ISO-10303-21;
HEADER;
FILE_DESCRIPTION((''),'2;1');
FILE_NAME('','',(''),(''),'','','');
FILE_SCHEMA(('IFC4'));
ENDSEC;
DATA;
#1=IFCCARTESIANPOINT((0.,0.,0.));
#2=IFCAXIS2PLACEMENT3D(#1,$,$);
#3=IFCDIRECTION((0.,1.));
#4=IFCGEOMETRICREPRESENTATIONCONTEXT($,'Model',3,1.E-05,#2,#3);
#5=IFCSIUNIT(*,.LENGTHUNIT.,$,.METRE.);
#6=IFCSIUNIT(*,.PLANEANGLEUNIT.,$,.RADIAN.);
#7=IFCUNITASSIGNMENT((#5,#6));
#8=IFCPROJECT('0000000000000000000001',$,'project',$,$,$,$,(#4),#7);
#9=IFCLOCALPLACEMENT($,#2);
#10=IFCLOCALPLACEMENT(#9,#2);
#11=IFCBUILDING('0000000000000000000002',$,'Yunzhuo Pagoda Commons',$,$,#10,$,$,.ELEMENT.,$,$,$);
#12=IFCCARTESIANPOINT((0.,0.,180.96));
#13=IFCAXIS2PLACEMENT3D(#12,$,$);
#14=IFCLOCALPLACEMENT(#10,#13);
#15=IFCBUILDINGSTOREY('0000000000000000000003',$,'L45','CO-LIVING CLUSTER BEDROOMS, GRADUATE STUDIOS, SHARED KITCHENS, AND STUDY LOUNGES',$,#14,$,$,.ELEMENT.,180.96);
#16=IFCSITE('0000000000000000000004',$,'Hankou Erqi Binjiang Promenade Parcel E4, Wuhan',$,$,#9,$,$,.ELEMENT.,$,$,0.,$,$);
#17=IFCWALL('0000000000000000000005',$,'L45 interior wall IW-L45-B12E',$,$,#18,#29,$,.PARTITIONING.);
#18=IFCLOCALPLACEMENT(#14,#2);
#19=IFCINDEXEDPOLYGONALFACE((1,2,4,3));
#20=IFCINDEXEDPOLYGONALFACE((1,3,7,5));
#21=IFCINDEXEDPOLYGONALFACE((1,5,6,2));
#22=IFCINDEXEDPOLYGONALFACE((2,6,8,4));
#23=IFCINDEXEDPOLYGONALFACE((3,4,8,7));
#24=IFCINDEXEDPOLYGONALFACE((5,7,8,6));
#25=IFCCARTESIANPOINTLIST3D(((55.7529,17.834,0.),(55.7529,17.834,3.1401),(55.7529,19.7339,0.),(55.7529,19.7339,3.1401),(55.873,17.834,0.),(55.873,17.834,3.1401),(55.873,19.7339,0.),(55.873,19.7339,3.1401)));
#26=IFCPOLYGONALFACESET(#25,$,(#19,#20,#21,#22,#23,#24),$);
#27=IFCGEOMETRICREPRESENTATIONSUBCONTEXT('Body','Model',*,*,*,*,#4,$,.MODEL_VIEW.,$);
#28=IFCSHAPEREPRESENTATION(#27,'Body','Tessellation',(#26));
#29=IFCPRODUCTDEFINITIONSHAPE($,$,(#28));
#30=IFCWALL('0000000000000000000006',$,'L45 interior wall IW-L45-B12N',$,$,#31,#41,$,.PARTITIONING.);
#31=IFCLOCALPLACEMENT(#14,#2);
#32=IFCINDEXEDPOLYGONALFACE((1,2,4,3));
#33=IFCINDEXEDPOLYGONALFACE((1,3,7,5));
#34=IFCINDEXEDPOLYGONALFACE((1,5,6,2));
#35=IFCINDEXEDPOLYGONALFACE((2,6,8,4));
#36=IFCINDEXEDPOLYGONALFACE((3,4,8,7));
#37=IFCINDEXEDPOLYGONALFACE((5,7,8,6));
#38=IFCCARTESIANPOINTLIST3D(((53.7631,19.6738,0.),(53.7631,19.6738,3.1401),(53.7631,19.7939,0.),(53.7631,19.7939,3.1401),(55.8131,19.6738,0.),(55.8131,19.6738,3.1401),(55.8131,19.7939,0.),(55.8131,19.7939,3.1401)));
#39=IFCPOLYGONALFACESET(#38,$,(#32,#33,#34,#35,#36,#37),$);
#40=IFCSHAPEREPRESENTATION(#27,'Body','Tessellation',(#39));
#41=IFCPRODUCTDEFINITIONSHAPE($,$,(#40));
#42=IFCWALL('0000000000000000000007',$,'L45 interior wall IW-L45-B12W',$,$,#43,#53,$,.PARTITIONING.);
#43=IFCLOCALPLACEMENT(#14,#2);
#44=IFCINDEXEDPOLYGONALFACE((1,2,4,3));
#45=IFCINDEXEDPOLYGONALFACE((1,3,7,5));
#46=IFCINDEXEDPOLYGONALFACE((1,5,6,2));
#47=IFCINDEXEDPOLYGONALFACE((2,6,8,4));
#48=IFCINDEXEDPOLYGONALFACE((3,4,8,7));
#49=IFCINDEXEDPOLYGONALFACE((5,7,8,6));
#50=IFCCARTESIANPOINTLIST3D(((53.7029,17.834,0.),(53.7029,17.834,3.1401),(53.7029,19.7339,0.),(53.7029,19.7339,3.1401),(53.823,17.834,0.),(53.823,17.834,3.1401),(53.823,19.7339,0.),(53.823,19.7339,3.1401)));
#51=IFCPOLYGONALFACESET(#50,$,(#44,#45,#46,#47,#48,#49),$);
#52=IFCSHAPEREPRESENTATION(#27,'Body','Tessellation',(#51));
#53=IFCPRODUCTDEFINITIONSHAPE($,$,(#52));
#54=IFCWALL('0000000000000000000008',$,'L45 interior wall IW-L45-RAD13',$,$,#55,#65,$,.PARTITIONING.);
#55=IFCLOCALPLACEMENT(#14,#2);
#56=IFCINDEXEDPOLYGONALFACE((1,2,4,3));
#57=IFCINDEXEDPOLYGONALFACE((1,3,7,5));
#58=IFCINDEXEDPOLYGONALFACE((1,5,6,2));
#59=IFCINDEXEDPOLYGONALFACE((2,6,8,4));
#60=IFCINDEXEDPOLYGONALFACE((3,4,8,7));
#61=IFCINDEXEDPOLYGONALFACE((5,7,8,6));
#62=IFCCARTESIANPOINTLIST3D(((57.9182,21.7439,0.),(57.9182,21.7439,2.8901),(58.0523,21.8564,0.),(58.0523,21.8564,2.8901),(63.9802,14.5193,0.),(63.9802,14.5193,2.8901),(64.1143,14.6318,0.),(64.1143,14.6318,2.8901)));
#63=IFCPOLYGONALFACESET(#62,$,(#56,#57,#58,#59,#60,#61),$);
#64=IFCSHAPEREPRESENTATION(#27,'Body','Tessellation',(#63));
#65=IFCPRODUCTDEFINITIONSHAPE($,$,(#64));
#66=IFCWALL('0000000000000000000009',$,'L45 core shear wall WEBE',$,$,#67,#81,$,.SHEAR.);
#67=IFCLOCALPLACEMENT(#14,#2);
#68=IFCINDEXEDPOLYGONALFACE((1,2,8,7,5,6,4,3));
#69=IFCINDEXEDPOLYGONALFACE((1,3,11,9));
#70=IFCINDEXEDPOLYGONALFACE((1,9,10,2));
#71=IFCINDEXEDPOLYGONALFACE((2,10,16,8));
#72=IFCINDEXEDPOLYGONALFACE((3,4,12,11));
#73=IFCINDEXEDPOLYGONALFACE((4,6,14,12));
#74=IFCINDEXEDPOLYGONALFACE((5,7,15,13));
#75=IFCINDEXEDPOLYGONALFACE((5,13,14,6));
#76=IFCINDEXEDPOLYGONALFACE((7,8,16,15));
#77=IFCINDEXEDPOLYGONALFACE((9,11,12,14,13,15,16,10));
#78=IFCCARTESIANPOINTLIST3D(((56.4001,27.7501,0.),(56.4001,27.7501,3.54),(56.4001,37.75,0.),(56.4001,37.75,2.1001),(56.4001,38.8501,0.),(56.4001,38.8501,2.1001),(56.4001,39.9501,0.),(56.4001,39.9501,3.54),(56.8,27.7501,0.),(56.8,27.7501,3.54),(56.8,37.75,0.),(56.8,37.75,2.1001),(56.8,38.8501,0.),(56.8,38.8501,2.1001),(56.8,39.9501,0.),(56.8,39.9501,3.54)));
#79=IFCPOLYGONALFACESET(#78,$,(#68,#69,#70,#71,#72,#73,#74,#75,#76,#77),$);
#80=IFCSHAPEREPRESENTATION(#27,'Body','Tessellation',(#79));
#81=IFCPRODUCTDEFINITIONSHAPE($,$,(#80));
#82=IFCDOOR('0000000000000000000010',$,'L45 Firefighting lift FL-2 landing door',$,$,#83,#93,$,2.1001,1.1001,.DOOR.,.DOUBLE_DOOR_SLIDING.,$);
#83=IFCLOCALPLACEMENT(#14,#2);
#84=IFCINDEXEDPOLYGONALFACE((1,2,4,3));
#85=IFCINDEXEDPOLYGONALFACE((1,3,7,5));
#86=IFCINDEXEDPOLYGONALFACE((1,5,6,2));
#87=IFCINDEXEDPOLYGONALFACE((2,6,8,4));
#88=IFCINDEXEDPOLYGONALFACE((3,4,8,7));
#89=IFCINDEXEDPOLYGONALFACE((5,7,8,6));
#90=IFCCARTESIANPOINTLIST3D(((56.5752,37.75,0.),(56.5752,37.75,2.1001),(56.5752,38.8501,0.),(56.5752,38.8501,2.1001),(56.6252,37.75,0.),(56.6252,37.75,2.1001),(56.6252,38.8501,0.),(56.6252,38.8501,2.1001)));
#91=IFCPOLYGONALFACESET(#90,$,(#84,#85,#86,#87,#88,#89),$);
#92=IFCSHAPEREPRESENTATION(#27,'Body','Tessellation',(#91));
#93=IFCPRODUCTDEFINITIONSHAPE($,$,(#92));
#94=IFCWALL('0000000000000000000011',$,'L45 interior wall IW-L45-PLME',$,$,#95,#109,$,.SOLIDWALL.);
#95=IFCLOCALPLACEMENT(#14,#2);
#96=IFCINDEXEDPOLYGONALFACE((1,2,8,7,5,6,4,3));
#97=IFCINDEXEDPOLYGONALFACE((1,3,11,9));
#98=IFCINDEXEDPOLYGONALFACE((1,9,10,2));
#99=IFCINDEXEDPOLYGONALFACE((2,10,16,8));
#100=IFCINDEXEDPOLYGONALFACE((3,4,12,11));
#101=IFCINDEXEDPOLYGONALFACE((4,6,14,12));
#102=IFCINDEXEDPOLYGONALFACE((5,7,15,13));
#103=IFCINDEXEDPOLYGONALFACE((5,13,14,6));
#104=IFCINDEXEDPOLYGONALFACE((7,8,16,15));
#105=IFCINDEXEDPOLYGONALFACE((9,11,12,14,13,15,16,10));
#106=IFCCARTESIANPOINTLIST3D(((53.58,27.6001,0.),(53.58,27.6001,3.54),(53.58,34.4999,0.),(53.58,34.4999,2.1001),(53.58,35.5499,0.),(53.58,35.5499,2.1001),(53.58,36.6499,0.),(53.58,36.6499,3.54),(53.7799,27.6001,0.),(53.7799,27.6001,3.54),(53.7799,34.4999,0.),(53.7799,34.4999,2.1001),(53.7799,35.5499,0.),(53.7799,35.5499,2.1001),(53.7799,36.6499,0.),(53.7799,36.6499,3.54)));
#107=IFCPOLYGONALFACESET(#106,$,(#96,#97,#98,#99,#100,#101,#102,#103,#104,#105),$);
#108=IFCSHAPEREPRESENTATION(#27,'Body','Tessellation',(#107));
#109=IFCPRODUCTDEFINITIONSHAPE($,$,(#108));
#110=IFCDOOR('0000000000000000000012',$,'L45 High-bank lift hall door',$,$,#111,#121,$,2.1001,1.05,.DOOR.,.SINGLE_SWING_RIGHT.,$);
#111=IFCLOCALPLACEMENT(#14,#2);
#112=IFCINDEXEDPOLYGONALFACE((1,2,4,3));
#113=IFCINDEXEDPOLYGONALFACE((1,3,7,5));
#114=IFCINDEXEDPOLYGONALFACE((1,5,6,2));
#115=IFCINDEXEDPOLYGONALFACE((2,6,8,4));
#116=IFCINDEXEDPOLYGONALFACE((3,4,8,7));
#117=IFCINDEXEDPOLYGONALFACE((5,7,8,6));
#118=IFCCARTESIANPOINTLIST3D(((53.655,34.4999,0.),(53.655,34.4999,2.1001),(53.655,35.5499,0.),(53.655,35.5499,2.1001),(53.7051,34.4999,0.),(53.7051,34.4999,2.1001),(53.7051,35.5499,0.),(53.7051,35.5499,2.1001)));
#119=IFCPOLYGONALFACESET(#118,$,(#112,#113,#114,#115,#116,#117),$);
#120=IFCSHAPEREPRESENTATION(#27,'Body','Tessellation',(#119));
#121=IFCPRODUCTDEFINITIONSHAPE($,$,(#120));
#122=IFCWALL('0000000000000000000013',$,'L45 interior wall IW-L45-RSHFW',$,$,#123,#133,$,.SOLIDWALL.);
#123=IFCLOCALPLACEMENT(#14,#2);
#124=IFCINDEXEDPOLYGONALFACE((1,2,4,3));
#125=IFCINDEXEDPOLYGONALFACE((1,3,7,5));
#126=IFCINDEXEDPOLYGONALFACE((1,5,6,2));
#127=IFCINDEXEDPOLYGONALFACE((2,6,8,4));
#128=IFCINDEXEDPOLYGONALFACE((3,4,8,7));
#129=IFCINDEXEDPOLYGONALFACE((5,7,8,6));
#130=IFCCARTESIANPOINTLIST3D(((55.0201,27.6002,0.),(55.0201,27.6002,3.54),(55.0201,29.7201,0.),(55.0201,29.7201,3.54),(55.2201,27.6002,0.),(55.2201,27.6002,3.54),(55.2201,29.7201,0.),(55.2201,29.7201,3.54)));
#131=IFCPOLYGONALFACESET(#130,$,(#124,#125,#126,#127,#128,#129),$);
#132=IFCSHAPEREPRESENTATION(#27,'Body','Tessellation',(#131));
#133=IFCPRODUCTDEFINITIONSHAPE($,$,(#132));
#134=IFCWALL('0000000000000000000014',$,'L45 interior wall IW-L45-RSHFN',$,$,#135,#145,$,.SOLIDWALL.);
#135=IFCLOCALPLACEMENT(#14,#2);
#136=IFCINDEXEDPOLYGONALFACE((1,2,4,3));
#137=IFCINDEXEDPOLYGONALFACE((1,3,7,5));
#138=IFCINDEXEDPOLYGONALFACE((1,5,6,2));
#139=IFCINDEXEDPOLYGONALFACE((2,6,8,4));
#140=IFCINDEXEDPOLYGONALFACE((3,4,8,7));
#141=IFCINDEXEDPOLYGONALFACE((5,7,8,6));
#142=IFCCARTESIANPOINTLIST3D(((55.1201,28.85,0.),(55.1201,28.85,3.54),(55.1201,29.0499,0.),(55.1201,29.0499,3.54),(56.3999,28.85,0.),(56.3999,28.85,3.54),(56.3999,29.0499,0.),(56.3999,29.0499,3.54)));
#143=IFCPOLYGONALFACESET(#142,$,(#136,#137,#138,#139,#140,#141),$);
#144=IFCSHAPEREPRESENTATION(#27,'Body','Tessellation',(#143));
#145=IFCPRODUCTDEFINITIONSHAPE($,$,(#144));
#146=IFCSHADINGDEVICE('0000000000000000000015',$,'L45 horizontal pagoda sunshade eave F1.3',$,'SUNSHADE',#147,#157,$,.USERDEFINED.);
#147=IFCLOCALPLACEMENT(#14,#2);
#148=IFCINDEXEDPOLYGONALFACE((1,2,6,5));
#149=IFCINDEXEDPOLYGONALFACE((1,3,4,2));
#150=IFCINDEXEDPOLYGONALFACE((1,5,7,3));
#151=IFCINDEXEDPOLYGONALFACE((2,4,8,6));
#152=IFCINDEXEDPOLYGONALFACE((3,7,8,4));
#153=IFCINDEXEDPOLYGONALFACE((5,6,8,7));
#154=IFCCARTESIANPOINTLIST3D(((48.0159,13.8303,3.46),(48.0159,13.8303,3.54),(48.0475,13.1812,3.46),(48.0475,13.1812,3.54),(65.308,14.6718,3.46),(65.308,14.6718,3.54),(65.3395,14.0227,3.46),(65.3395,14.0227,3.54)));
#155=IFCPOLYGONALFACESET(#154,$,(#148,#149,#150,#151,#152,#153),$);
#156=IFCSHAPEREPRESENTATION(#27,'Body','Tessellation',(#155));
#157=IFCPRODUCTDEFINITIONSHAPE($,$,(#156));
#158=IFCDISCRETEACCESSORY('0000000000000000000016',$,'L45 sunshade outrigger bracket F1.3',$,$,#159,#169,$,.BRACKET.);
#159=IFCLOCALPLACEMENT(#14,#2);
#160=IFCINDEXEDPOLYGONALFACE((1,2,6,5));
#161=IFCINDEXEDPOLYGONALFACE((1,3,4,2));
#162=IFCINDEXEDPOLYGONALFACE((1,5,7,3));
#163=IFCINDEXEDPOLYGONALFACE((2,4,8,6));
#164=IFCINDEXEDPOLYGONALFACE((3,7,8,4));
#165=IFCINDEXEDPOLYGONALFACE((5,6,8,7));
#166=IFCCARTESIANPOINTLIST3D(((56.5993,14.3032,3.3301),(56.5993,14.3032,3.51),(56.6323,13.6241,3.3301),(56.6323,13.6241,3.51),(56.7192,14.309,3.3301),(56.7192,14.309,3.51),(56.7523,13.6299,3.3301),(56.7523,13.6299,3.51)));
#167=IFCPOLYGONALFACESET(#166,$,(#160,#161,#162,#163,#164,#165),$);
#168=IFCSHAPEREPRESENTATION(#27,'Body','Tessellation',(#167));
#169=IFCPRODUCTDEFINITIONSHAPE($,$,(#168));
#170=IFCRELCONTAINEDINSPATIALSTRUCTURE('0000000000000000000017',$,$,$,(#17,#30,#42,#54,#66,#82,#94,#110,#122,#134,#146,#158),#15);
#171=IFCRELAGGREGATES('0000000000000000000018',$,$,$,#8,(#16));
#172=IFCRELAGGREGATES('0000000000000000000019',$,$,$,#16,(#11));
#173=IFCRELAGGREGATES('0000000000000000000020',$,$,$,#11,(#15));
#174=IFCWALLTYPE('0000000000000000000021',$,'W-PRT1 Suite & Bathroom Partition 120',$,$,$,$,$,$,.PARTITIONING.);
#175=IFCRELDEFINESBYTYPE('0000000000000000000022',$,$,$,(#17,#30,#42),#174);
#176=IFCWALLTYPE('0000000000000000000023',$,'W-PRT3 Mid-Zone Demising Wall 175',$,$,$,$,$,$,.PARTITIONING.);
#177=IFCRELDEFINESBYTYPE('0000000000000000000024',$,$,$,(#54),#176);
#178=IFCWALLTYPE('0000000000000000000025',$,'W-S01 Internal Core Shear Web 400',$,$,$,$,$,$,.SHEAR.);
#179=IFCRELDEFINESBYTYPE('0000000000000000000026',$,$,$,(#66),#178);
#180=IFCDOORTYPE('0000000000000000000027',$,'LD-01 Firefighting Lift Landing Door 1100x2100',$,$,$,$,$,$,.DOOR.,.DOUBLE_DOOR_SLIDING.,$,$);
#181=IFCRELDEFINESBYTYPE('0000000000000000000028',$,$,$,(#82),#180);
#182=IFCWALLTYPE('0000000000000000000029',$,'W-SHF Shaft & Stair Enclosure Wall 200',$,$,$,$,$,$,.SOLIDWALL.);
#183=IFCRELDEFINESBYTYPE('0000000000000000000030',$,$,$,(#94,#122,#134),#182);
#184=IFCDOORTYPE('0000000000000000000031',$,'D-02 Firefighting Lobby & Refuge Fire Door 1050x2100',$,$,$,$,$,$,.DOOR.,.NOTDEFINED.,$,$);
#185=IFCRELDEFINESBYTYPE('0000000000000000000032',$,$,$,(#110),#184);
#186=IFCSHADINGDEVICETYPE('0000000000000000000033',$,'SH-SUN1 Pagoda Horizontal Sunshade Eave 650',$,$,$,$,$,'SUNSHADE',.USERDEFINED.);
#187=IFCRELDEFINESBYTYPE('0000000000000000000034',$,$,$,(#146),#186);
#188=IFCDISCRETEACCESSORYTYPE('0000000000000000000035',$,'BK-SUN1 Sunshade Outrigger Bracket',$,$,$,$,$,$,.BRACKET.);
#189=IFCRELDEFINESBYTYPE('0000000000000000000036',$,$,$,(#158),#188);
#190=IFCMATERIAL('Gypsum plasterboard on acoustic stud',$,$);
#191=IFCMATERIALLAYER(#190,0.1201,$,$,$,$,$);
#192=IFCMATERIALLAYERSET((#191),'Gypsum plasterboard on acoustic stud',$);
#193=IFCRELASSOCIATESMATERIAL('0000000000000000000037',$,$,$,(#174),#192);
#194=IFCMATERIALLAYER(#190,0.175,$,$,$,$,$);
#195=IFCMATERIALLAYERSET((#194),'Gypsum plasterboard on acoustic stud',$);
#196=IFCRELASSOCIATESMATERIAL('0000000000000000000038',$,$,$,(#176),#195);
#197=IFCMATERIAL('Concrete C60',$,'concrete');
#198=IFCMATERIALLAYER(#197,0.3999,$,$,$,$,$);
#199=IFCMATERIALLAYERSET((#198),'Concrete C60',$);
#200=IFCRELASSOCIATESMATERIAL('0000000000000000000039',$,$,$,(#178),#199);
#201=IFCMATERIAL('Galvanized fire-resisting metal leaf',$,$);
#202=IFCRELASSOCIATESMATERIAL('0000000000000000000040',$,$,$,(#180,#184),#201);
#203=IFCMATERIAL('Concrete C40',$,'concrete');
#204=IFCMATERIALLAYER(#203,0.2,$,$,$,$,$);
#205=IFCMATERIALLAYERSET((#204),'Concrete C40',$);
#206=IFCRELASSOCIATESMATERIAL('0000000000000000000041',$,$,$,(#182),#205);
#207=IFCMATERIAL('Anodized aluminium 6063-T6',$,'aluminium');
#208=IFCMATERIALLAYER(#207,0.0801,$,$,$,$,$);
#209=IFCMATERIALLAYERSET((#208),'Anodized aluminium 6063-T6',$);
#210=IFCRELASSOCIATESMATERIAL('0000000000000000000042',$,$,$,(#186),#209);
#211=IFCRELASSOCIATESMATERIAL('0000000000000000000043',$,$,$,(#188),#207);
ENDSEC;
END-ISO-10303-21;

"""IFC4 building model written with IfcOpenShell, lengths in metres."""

from ifc_helpers import new_model, si_unit, direction, frame, frame_2d, origin, origin_with_axes, origin_2d, place, context, subcontext, project, spatial, rectangle, extrude, source, transform, mapped, material, layer, layer_set, type_object, element, fill, save


model = new_model("IFC4")

# Units and contexts
model_context = context("Model", 3, precision=1e-05, world=origin(), true_north=direction((0.0, 1.0)))
body_context = subcontext(model_context, "Body", "Model", "MODEL_VIEW")
ifc_project = project(units=[si_unit("LENGTHUNIT", "METRE"), si_unit("PLANEANGLEUNIT", "RADIAN")], contexts=[model_context])

# Site, building, storey
site_placement = place(None, origin())
site = spatial("IfcSite", under=ifc_project, at=site_placement, Name="Hankou Erqi Binjiang Promenade Parcel E4, Wuhan", CompositionType="ELEMENT", RefElevation=0.0)
building_placement = place(site_placement, origin())
building = spatial("IfcBuilding", under=site, at=building_placement, Name="Yunzhuo Pagoda Commons", CompositionType="ELEMENT")
storey_placement = place(building_placement, frame((0.0, 0.0, 180.96)))
storey = spatial("IfcBuildingStorey", under=building, at=storey_placement, Name="L45", Description="CO-LIVING CLUSTER BEDROOMS, GRADUATE STUDIOS, SHARED KITCHENS, AND STUDY LOUNGES", CompositionType="ELEMENT", Elevation=180.96)

# Shared definitions
ifc_material_1 = material(Name="Anodized aluminium 6063-T6", Category="aluminium")

# Shared definitions
ifc_material_2 = material(Name="Gypsum plasterboard on acoustic stud")
ifc_material_3 = material(Name="Galvanized fire-resisting metal leaf")

# Shared definitions
ifc_layer_1 = layer(ifc_material_2, 0.1201)
ifc_layer_set_1 = layer_set([ifc_layer_1], Name="Gypsum plasterboard on acoustic stud")
wall_type_1 = type_object("IfcWallType", Name="W-PRT1 Suite & Bathroom Partition 120", PredefinedType="PARTITIONING", material=ifc_layer_set_1)

# Walls
wall_1_placement = place(storey_placement, frame((55.813, 17.834, 0.0), z_axis=(0.0, 0.0, 1.0), x_axis=(0.0, 1.0, 0.0)))
element("IfcWall", 1, at=wall_1_placement, inside=storey, type_object=wall_type_1, Name="L45 interior wall IW-L45-B12E", PredefinedType="PARTITIONING", context=body_context, shape_type="SweptSolid", body=[
    extrude(rectangle(XDim=1.8999, YDim=0.1201, at=frame_2d((0.95, 0.0))), origin(), (0.0, 0.0, 1.0), 3.1401),
])
wall_2_placement = place(storey_placement, frame((55.813, 19.7339, 0.0), z_axis=(0.0, 0.0, 1.0), x_axis=(-1.0, 0.0, 0.0)))
element("IfcWall", 2, at=wall_2_placement, inside=storey, type_object=wall_type_1, Name="L45 interior wall IW-L45-B12N", PredefinedType="PARTITIONING", context=body_context, shape_type="SweptSolid", body=[
    extrude(rectangle(XDim=2.05, YDim=0.1201, at=frame_2d((1.0249, 0.0))), origin(), (0.0, 0.0, 1.0), 3.1401),
])
wall_3_placement = place(storey_placement, frame((53.7629, 19.7339, 0.0), z_axis=(0.0, 0.0, 1.0), x_axis=(0.0, -1.0, 0.0)))
element("IfcWall", 3, at=wall_3_placement, inside=storey, type_object=wall_type_1, Name="L45 interior wall IW-L45-B12W", PredefinedType="PARTITIONING", context=body_context, shape_type="SweptSolid", body=[
    extrude(rectangle(XDim=1.8999, YDim=0.1201, at=frame_2d((0.95, 0.0))), origin(), (0.0, 0.0, 1.0), 3.1401),
])
ifc_layer_2 = layer(ifc_material_2, 0.175)
ifc_layer_set_2 = layer_set([ifc_layer_2], Name="Gypsum plasterboard on acoustic stud")
wall_type_2 = type_object("IfcWallType", Name="W-PRT3 Mid-Zone Demising Wall 175", PredefinedType="PARTITIONING", material=ifc_layer_set_2)
wall_4_placement = place(storey_placement, frame((57.9854, 21.8, 0.0), z_axis=(0.0, 0.0, 1.0), x_axis=(0.642778, -0.766053, 0.0)))
element("IfcWall", 4, at=wall_4_placement, inside=storey, type_object=wall_type_2, Name="L45 interior wall IW-L45-RAD13", PredefinedType="PARTITIONING", context=body_context, shape_type="SweptSolid", body=[
    extrude(rectangle(XDim=9.4309, YDim=0.175, at=frame_2d((4.7153, 0.0))), origin(), (0.0, 0.0, 1.0), 2.8901),
])

# Walls, openings, doors
ifc_material_4 = material(Name="Concrete C60", Category="concrete")
ifc_layer_3 = layer(ifc_material_4, 0.3999)
ifc_layer_set_3 = layer_set([ifc_layer_3], Name="Concrete C60")
wall_type_3 = type_object("IfcWallType", Name="W-S01 Internal Core Shear Web 400", PredefinedType="SHEAR", material=ifc_layer_set_3)
wall_5_placement = place(storey_placement, frame((56.6001, 27.75, 0.0), z_axis=(0.0, 0.0, 1.0), x_axis=(0.0, 1.0, 0.0)))
wall_5 = element("IfcWall", 5, at=wall_5_placement, inside=storey, type_object=wall_type_3, Name="L45 core shear wall WEBE", PredefinedType="SHEAR", context=body_context, shape_type="SweptSolid", body=[
    extrude(rectangle(XDim=12.2, YDim=0.3999, at=frame_2d((6.1001, 0.0))), origin(), (0.0, 0.0, 1.0), 3.54),
])
opening_1_placement = place(wall_5_placement, frame((10.0, 0.0, 0.0)))
opening_1 = element("IfcOpeningElement", 6, at=opening_1_placement, cuts=wall_5, PredefinedType="OPENING", context=body_context, shape_type="SweptSolid", body=[
    extrude(rectangle(XDim=1.1001, YDim=2.1001, at=frame_2d((0.55, 1.05))), frame((0.0, 0.21, 0.0), z_axis=(0.0, -1.0, 0.0), x_axis=(1.0, 0.0, 0.0)), (0.0, 0.0, 1.0), 0.4199),
])
door_type_1 = type_object("IfcDoorType", Name="LD-01 Firefighting Lift Landing Door 1100x2100", OperationType="DOUBLE_DOOR_SLIDING", PredefinedType="DOOR", material=ifc_material_3)
shared_shape_1 = source(origin(), body_context, "Body", "SweptSolid", [
    extrude(rectangle(XDim=1.1001, YDim=2.1001, at=frame_2d((0.55, 1.05))), frame((0.0, 0.0249, 0.0), z_axis=(0.0, -1.0, 0.0), x_axis=(1.0, 0.0, 0.0)), (0.0, 0.0, 1.0), 0.05),
])
door_1_placement = place(opening_1_placement, origin_with_axes())
door_1 = element("IfcDoor", 7, at=door_1_placement, inside=storey, type_object=door_type_1, Name="L45 Firefighting lift FL-2 landing door", OperationType="DOUBLE_DOOR_SLIDING", OverallHeight=2.1001, OverallWidth=1.1001, PredefinedType="DOOR", context=body_context, shape_type="MappedRepresentation", body=[
    mapped(shared_shape_1, transform((0.0, 0.0, 0.0), scale=1.0)),
])
fill(opening_1, door_1)
ifc_material_5 = material(Name="Concrete C40", Category="concrete")
ifc_layer_4 = layer(ifc_material_5, 0.2)
ifc_layer_set_4 = layer_set([ifc_layer_4], Name="Concrete C40")
wall_type_4 = type_object("IfcWallType", Name="W-SHF Shaft & Stair Enclosure Wall 200", PredefinedType="SOLIDWALL", material=ifc_layer_set_4)
wall_6_placement = place(storey_placement, frame((53.6799, 27.6001, 0.0), z_axis=(0.0, 0.0, 1.0), x_axis=(0.0, 1.0, 0.0)))
wall_6 = element("IfcWall", 8, at=wall_6_placement, inside=storey, type_object=wall_type_4, Name="L45 interior wall IW-L45-PLME", PredefinedType="SOLIDWALL", context=body_context, shape_type="SweptSolid", body=[
    extrude(rectangle(XDim=9.0498, YDim=0.2, at=frame_2d((4.5249, 0.0))), origin(), (0.0, 0.0, 1.0), 3.54),
])
opening_2_placement = place(wall_6_placement, frame((6.8999, 0.0, 0.0)))
opening_2 = element("IfcOpeningElement", 9, at=opening_2_placement, cuts=wall_6, PredefinedType="OPENING", context=body_context, shape_type="SweptSolid", body=[
    extrude(rectangle(XDim=1.05, YDim=2.1001, at=frame_2d((0.5249, 1.05))), frame((0.0, 0.1099, 0.0), z_axis=(0.0, -1.0, 0.0), x_axis=(1.0, 0.0, 0.0)), (0.0, 0.0, 1.0), 0.22),
])
door_type_2 = type_object("IfcDoorType", Name="D-02 Firefighting Lobby & Refuge Fire Door 1050x2100", OperationType="NOTDEFINED", PredefinedType="DOOR", material=ifc_material_3)
shared_shape_2 = source(origin(), body_context, "Body", "SweptSolid", [
    extrude(rectangle(XDim=1.05, YDim=2.1001, at=frame_2d((0.5249, 1.05))), frame((0.0, 0.0249, 0.0), z_axis=(0.0, -1.0, 0.0), x_axis=(1.0, 0.0, 0.0)), (0.0, 0.0, 1.0), 0.05),
])
door_2_placement = place(opening_2_placement, origin_with_axes())
door_2 = element("IfcDoor", 10, at=door_2_placement, inside=storey, type_object=door_type_2, Name="L45 High-bank lift hall door", OperationType="SINGLE_SWING_RIGHT", OverallHeight=2.1001, OverallWidth=1.05, PredefinedType="DOOR", context=body_context, shape_type="MappedRepresentation", body=[
    mapped(shared_shape_2, transform((0.0, 0.0, 0.0), scale=1.0)),
])
fill(opening_2, door_2)

# Walls
wall_7_placement = place(storey_placement, frame((55.1201, 27.6001, 0.0), z_axis=(0.0, 0.0, 1.0), x_axis=(0.0, 1.0, 0.0)))
element("IfcWall", 11, at=wall_7_placement, inside=storey, type_object=wall_type_4, Name="L45 interior wall IW-L45-RSHFW", PredefinedType="SOLIDWALL", context=body_context, shape_type="SweptSolid", body=[
    extrude(rectangle(XDim=2.1199, YDim=0.2, at=frame_2d((1.0601, 0.0))), origin(), (0.0, 0.0, 1.0), 3.54),
])
wall_8_placement = place(storey_placement, frame((55.1201, 28.95, 0.0), z_axis=(0.0, 0.0, 1.0), x_axis=(1.0, 0.0, 0.0)))
element("IfcWall", 12, at=wall_8_placement, inside=storey, type_object=wall_type_4, Name="L45 interior wall IW-L45-RSHFN", PredefinedType="SOLIDWALL", context=body_context, shape_type="SweptSolid", body=[
    extrude(rectangle(XDim=1.2798, YDim=0.2, at=frame_2d((0.6399, 0.0))), origin(), (0.0, 0.0, 1.0), 3.54),
])

# Shading device
ifc_layer_5 = layer(ifc_material_1, 0.0801)
ifc_layer_set_5 = layer_set([ifc_layer_5], Name="Anodized aluminium 6063-T6")
shading_device_type = type_object("IfcShadingDeviceType", Name="SH-SUN1 Pagoda Horizontal Sunshade Eave 650", ElementType="SUNSHADE", PredefinedType="USERDEFINED", material=ifc_layer_set_5)
shared_shape_3 = source(origin(), body_context, "Body", "SweptSolid", [
    extrude(rectangle(XDim=17.3125, YDim=0.6499, at=origin_2d()), origin(), (0.0, 0.0, 1.0), 0.0801),
])
shading_device_placement = place(storey_placement, frame((56.6777, 13.9265, 3.46), z_axis=(0.0, 0.0, 1.0), x_axis=(0.998818, 0.048606, 0.0)))
element("IfcShadingDevice", 13, at=shading_device_placement, inside=storey, type_object=shading_device_type, Name="L45 horizontal pagoda sunshade eave F1.3", ObjectType="SUNSHADE", PredefinedType="USERDEFINED", context=body_context, shape_type="MappedRepresentation", body=[
    mapped(shared_shape_3, transform((0.0, 0.0, 0.0), scale=1.0)),
])

# Discrete accessory
discrete_accessory_type = type_object("IfcDiscreteAccessoryType", Name="BK-SUN1 Sunshade Outrigger Bracket", PredefinedType="BRACKET", material=ifc_material_1)
shared_shape_4 = source(origin(), body_context, "Body", "SweptSolid", [
    extrude(rectangle(XDim=0.1201, YDim=0.6799, at=origin_2d()), origin(), (0.0, 0.0, 1.0), 0.1799),
])
discrete_accessory_placement = place(storey_placement, frame((56.6758, 13.9666, 3.3301), z_axis=(0.0, 0.0, 1.0), x_axis=(0.998818, 0.048606, 0.0)))
element("IfcDiscreteAccessory", 14, at=discrete_accessory_placement, inside=storey, type_object=discrete_accessory_type, Name="L45 sunshade outrigger bracket F1.3", PredefinedType="BRACKET", context=body_context, shape_type="MappedRepresentation", body=[
    mapped(shared_shape_4, transform((0.0, 0.0, 0.0), scale=1.0)),
])

save(model, "model.ifc")
